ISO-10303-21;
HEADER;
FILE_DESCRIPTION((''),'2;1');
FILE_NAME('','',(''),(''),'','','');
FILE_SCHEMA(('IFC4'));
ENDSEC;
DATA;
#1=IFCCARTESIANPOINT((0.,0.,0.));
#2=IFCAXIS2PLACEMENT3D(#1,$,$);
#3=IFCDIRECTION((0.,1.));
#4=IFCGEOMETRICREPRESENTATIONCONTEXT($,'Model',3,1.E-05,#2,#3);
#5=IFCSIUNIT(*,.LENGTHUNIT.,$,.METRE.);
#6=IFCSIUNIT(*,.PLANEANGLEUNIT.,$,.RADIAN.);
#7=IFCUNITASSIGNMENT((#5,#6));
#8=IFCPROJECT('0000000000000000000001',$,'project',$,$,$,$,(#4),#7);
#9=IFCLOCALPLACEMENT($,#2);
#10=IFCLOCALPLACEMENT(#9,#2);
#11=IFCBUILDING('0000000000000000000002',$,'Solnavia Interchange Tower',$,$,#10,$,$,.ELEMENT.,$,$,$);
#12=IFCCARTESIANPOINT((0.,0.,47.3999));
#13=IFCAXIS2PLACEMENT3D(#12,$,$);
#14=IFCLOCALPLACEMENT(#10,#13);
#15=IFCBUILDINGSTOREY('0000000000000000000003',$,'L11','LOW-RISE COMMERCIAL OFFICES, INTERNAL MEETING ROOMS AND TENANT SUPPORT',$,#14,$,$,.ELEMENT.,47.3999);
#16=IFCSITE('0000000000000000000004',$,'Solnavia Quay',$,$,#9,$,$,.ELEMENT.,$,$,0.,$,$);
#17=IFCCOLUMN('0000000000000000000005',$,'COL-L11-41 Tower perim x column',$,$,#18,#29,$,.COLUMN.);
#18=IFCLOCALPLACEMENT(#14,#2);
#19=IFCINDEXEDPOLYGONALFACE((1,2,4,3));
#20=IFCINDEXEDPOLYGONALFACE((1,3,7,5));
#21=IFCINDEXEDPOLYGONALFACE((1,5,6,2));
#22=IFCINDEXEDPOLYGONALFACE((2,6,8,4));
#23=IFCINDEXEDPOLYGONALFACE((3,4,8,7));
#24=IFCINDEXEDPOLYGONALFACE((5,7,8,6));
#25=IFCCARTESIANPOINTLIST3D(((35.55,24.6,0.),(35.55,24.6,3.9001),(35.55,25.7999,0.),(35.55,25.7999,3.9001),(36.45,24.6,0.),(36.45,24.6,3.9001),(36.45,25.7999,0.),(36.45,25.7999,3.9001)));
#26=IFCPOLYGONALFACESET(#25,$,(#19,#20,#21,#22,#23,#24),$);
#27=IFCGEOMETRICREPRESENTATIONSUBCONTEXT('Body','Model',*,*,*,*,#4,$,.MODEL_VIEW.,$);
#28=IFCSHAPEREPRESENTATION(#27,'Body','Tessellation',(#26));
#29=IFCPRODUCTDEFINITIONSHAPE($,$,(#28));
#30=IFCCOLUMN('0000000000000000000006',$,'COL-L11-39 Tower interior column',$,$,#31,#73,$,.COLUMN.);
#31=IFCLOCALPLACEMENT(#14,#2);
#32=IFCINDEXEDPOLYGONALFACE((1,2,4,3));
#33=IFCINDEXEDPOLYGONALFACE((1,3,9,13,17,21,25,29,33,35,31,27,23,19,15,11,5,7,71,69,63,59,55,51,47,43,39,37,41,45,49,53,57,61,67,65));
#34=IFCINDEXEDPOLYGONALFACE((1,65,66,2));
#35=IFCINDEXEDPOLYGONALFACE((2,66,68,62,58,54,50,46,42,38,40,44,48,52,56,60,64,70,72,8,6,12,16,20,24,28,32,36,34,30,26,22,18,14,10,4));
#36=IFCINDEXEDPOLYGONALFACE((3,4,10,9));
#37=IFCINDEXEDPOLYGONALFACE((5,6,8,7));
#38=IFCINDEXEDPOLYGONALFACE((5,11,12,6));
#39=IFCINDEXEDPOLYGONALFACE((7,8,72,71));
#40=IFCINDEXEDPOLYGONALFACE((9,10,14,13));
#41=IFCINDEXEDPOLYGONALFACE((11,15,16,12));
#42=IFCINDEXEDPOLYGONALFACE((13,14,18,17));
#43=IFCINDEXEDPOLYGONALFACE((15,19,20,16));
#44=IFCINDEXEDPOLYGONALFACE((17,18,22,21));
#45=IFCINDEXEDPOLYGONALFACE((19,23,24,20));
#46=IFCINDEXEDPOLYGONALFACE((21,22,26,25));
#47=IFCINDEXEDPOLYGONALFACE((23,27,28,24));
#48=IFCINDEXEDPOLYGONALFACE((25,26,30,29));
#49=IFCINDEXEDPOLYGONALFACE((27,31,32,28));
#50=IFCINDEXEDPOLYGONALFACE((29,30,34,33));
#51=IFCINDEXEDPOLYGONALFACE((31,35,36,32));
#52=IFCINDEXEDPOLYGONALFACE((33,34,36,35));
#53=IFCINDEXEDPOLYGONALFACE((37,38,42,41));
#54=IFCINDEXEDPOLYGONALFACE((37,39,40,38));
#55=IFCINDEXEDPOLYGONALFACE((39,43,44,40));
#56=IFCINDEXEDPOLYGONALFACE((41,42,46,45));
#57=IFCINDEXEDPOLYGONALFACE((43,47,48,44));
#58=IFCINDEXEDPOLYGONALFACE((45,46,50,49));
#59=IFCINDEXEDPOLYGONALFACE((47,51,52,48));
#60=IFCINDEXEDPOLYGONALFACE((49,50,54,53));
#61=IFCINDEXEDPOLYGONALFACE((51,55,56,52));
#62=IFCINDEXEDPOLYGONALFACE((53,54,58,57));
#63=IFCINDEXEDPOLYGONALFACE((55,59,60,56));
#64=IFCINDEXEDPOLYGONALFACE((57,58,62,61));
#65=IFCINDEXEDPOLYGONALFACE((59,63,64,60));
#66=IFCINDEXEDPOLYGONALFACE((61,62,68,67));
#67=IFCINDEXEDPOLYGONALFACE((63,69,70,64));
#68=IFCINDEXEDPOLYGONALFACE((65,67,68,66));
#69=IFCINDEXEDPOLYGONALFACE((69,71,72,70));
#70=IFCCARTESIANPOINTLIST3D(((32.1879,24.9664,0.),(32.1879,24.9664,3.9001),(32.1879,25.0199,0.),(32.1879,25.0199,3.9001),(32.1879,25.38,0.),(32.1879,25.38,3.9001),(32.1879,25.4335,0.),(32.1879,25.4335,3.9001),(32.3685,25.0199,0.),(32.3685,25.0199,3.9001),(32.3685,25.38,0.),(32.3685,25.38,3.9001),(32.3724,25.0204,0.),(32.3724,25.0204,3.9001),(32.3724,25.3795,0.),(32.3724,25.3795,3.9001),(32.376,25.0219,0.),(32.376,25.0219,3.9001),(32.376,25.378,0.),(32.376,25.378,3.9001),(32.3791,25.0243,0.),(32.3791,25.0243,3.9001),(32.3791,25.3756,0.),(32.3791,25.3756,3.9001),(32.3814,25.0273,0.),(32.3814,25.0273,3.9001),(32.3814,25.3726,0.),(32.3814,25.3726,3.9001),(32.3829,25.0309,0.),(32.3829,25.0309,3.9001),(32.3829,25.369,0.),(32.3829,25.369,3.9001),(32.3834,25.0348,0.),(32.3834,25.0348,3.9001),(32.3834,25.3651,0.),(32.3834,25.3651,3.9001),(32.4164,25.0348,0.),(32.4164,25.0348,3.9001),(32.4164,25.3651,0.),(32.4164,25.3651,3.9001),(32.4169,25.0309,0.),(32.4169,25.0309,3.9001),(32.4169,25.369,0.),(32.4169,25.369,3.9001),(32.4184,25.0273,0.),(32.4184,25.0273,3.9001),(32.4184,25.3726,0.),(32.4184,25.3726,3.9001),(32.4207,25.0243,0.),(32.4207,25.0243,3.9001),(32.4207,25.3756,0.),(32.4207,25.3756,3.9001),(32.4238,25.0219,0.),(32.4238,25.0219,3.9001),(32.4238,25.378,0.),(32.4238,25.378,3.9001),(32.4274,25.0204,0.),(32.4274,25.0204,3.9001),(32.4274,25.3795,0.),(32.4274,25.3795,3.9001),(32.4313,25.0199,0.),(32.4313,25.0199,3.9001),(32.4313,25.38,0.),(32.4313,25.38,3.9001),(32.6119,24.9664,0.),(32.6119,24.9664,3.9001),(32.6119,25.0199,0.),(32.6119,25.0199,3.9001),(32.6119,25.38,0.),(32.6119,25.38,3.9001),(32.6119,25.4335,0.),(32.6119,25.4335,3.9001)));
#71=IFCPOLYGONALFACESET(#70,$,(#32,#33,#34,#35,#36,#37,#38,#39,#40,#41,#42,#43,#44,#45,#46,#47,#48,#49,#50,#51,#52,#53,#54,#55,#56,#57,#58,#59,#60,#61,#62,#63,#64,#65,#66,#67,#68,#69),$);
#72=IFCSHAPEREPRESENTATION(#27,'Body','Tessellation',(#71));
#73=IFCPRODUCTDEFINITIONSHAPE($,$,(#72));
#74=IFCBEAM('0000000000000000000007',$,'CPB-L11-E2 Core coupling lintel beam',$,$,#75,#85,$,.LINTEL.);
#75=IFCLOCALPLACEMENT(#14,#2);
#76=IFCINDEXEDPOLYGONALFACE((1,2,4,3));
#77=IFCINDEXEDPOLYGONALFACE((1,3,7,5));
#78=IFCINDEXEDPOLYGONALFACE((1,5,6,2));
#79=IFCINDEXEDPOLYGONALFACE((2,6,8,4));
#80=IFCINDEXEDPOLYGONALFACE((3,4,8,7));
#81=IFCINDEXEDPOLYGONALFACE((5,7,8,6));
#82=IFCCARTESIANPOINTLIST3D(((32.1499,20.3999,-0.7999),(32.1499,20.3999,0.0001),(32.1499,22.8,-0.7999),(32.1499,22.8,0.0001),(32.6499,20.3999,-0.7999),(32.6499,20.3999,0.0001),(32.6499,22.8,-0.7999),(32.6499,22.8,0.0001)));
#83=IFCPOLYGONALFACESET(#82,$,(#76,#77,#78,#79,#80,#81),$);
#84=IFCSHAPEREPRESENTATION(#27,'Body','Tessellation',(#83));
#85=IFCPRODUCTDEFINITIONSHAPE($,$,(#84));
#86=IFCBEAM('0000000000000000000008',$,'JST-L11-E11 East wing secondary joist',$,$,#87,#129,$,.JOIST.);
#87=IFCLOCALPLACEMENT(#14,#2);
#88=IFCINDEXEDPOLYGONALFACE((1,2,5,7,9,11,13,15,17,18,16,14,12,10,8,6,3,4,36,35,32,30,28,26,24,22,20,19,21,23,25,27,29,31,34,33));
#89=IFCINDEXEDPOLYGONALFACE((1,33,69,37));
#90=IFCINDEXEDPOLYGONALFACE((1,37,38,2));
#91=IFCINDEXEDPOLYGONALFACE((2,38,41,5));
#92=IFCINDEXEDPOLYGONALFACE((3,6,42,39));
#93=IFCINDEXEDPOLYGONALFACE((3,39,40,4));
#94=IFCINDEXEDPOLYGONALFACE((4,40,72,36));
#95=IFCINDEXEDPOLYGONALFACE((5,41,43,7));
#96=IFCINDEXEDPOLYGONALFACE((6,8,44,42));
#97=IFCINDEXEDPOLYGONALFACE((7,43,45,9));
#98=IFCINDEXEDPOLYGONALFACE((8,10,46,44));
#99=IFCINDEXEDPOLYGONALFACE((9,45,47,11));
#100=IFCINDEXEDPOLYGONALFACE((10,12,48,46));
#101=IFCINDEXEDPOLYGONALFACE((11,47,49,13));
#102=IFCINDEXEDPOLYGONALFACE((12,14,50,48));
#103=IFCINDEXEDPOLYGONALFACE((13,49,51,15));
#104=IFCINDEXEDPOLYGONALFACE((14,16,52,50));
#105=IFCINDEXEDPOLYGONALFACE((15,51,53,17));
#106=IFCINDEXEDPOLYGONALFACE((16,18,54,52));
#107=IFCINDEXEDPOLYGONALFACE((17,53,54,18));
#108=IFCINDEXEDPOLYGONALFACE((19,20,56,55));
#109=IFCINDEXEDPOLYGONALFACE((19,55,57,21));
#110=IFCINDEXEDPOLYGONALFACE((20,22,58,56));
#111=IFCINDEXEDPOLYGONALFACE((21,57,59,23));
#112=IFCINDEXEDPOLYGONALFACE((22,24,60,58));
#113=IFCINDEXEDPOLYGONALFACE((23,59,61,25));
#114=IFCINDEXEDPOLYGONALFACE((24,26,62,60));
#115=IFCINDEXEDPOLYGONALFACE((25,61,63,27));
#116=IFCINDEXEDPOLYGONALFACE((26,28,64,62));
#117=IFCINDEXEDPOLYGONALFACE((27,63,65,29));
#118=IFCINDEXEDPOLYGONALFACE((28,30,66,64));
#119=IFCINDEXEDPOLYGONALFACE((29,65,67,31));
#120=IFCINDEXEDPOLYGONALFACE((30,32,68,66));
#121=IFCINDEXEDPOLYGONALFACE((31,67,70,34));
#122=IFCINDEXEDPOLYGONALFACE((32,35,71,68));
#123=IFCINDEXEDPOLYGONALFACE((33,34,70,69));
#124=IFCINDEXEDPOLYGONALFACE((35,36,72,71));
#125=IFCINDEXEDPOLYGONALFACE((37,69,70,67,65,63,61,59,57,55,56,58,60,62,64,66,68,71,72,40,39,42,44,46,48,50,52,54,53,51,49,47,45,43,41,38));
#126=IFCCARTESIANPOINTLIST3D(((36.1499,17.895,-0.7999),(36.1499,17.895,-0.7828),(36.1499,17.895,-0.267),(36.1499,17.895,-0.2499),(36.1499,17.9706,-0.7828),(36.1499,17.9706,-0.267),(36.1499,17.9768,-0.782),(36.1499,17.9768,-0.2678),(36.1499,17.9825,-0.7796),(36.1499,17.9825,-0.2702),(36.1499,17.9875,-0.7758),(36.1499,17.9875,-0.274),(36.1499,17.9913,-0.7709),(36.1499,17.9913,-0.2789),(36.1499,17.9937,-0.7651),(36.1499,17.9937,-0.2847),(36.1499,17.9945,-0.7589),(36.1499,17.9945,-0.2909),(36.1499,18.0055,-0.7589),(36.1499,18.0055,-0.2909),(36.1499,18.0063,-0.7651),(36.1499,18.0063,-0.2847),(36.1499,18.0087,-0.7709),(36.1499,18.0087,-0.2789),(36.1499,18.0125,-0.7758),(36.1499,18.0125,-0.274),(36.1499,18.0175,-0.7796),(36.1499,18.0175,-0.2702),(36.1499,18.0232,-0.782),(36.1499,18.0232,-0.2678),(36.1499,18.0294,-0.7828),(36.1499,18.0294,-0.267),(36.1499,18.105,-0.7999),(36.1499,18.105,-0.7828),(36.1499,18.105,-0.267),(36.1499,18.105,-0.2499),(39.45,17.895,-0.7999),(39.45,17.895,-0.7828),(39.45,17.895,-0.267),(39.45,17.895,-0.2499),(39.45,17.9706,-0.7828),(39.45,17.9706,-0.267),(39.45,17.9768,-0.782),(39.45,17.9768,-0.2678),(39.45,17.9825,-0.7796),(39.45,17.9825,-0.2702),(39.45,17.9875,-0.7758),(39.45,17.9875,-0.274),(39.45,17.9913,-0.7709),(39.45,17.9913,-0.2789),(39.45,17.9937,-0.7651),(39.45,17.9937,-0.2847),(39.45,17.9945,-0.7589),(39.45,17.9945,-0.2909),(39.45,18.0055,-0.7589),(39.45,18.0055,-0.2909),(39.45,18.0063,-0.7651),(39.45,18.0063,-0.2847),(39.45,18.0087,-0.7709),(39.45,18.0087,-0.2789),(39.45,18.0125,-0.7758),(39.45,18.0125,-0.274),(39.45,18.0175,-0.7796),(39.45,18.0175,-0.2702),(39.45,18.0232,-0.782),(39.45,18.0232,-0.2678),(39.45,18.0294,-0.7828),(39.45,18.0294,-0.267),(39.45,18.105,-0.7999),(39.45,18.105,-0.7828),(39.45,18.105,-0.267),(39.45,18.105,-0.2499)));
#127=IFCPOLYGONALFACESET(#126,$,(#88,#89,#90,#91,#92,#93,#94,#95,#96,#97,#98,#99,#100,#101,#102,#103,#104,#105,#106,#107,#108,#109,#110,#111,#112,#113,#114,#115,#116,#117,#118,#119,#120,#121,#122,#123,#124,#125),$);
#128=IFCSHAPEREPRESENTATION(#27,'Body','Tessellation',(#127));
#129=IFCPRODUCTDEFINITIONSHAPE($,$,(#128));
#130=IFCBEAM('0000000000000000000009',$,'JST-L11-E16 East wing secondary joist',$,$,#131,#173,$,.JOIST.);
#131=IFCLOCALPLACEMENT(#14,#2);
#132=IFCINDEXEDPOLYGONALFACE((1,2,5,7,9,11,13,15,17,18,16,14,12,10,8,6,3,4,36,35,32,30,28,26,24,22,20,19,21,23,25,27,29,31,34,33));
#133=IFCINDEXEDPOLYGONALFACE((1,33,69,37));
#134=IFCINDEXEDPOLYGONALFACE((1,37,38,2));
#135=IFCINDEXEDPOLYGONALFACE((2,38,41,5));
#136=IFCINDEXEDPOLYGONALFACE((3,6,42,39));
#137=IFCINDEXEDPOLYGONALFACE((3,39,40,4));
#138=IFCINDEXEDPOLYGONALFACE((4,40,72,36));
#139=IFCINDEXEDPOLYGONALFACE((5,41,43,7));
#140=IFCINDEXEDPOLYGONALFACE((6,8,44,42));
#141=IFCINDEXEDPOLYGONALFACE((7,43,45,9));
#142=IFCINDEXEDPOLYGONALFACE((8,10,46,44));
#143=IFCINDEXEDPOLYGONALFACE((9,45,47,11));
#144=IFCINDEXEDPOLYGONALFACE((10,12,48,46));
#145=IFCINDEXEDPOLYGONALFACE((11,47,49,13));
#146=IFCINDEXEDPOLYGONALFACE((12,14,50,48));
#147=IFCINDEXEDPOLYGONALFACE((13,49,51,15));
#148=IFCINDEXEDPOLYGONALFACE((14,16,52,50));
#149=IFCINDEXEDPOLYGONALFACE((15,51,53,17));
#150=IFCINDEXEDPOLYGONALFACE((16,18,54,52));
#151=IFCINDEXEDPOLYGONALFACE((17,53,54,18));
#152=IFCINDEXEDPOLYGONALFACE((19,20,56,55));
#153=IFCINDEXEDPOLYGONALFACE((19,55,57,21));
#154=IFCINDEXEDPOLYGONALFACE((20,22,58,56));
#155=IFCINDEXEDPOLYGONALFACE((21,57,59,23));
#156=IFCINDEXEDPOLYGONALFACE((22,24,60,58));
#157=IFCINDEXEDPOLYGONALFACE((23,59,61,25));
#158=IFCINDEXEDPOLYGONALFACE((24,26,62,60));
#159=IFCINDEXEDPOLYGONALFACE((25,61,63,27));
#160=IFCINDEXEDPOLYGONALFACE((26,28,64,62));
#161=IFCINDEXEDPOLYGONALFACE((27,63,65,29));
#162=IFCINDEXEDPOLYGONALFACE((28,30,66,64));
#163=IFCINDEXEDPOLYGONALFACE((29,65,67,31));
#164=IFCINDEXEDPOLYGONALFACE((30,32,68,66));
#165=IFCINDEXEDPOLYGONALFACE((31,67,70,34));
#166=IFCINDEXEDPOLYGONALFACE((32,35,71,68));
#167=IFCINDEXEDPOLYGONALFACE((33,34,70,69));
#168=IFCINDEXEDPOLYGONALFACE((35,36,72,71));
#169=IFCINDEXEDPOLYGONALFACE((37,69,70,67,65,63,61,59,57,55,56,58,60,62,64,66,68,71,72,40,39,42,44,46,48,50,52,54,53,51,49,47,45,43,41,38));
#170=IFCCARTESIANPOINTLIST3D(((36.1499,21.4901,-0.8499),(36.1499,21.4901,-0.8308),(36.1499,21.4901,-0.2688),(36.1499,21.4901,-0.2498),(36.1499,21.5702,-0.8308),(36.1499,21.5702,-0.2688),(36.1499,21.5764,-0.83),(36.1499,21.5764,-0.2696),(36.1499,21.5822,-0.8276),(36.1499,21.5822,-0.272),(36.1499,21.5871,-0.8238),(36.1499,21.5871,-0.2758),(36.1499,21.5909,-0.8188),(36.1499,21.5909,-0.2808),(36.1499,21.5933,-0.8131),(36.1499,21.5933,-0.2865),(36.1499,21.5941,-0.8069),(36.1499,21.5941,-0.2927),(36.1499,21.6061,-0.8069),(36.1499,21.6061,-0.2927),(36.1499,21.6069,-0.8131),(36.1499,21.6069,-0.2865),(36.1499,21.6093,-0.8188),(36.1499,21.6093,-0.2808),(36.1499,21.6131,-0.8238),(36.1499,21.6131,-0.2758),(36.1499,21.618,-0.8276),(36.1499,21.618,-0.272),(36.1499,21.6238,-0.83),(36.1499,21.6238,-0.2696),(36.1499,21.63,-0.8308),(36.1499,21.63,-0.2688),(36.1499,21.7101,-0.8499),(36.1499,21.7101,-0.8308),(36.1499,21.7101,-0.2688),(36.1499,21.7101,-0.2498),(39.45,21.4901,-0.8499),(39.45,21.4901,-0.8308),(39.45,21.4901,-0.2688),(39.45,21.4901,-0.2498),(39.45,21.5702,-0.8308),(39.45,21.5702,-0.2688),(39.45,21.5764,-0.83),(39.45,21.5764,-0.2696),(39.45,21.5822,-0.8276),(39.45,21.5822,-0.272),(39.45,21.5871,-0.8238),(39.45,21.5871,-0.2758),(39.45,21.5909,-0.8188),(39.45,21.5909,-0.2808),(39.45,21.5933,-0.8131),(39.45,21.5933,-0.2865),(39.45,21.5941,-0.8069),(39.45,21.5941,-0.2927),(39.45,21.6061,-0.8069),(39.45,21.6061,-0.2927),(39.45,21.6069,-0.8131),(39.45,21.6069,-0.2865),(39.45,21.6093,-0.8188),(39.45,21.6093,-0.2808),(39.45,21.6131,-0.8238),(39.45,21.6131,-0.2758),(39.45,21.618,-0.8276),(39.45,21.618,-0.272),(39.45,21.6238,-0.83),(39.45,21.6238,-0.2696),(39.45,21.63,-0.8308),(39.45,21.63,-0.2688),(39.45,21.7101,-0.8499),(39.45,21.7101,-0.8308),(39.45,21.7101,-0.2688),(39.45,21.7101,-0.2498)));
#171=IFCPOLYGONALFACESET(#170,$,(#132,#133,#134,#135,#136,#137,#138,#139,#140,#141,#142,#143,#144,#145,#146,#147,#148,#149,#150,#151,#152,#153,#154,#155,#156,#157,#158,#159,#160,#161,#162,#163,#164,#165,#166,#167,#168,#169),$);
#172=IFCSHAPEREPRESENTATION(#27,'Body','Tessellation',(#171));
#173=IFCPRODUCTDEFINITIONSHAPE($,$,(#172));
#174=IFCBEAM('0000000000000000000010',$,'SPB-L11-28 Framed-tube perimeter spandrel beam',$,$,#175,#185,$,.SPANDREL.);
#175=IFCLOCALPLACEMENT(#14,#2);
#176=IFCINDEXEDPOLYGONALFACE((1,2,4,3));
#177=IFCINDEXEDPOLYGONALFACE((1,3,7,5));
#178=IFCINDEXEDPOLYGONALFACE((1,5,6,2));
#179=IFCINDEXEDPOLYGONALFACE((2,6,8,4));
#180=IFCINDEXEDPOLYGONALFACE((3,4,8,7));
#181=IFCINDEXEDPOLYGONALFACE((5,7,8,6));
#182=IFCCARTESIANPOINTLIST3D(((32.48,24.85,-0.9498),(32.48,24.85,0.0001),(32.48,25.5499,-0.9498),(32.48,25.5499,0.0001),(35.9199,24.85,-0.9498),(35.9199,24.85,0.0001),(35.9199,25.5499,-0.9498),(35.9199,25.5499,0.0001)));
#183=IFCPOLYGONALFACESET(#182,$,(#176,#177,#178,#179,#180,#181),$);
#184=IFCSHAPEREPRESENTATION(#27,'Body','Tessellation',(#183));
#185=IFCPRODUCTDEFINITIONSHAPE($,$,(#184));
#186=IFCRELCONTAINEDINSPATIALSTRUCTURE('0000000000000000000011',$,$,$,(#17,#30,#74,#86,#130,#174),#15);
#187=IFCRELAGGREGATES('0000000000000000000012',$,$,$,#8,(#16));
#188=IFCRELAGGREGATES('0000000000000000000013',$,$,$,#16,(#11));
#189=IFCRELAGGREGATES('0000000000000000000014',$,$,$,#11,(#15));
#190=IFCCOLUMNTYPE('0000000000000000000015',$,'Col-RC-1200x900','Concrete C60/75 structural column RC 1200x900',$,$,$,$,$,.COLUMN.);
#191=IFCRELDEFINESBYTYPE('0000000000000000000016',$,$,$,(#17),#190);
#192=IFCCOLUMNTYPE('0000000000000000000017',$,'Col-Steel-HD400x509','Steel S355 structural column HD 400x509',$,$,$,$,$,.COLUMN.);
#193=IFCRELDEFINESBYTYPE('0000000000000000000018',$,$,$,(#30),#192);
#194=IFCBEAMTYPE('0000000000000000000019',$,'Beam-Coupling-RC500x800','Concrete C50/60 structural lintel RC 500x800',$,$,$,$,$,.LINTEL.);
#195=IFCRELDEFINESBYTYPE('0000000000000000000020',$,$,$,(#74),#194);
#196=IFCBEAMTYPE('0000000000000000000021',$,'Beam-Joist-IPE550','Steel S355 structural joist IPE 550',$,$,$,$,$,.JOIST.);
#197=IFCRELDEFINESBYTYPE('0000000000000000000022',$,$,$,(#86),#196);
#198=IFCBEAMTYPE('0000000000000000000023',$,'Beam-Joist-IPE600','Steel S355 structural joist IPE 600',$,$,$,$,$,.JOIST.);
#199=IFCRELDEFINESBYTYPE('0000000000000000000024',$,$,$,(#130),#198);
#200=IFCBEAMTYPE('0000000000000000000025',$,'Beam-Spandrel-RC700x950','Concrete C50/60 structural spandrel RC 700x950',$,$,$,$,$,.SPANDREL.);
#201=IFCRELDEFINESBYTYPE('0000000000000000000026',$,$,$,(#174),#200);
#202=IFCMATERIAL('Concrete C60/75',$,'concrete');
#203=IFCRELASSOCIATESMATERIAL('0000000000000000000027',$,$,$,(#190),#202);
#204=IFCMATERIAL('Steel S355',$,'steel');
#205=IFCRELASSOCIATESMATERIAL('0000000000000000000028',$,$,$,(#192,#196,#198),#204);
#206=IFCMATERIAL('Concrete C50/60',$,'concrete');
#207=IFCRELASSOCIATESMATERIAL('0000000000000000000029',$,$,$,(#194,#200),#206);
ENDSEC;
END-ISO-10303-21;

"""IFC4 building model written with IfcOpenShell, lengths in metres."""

from ifc_helpers import new_model, si_unit, direction, frame, origin, origin_2d, place, context, subcontext, project, spatial, rectangle, i_section, extrude, material, material_profile, profile_set, type_object, element, save


model = new_model("IFC4")

# Units and contexts
model_context = context("Model", 3, precision=1e-05, world=origin(), true_north=direction((0.0, 1.0)))
body_context = subcontext(model_context, "Body", "Model", "MODEL_VIEW")
ifc_project = project(units=[si_unit("LENGTHUNIT", "METRE"), si_unit("PLANEANGLEUNIT", "RADIAN")], contexts=[model_context])

# Site, building, storey
site_placement = place(None, origin())
site = spatial("IfcSite", under=ifc_project, at=site_placement, Name="Solnavia Quay", CompositionType="ELEMENT", RefElevation=0.0)
building_placement = place(site_placement, origin())
building = spatial("IfcBuilding", under=site, at=building_placement, Name="Solnavia Interchange Tower", CompositionType="ELEMENT")
storey_placement = place(building_placement, frame((0.0, 0.0, 47.3999)))
storey = spatial("IfcBuildingStorey", under=building, at=storey_placement, Name="L11", Description="LOW-RISE COMMERCIAL OFFICES, INTERNAL MEETING ROOMS AND TENANT SUPPORT", CompositionType="ELEMENT", Elevation=47.3999)

# Columns
ifc_material_1 = material(Name="Concrete C60/75", Category="concrete")
ifc_material_profile_1 = material_profile(ifc_material_1, rectangle(XDim=0.8999, YDim=1.2, at=origin_2d()), Name="RC 1200x900")
ifc_profile_set_1 = profile_set([ifc_material_profile_1], Name="Concrete C60/75")
column_type_1 = type_object("IfcColumnType", Name="Col-RC-1200x900", Description="Concrete C60/75 structural column RC 1200x900", PredefinedType="COLUMN", material=ifc_profile_set_1)
column_1_placement = place(storey_placement, frame((36.0, 25.2, 0.0), z_axis=(0.0, 0.0, 1.0), x_axis=(1.0, 0.0, 0.0)))
element("IfcColumn", 1, at=column_1_placement, inside=storey, type_object=column_type_1, Name="COL-L11-41 Tower perim x column", PredefinedType="COLUMN", context=body_context, shape_type="SweptSolid", body=[
    extrude(rectangle(XDim=0.8999, YDim=1.2, at=origin_2d()), origin(), (0.0, 0.0, 1.0), 3.9001),
])
ifc_material_2 = material(Name="Steel S355", Category="steel")
ifc_material_profile_2 = material_profile(ifc_material_2, i_section(OverallWidth=0.4241, OverallDepth=0.467, WebThickness=0.033, FlangeThickness=0.0535, FilletRadius=0.0149, at=origin_2d()), Name="HD 400x509")
ifc_profile_set_2 = profile_set([ifc_material_profile_2], Name="Steel S355")
column_type_2 = type_object("IfcColumnType", Name="Col-Steel-HD400x509", Description="Steel S355 structural column HD 400x509", PredefinedType="COLUMN", material=ifc_profile_set_2)
column_2_placement = place(storey_placement, frame((32.3999, 25.2, 0.0), z_axis=(0.0, 0.0, 1.0), x_axis=(1.0, 0.0, 0.0)))
element("IfcColumn", 2, at=column_2_placement, inside=storey, type_object=column_type_2, Name="COL-L11-39 Tower interior column", PredefinedType="COLUMN", context=body_context, shape_type="SweptSolid", body=[
    extrude(i_section(OverallWidth=0.4241, OverallDepth=0.467, WebThickness=0.033, FlangeThickness=0.0535, FilletRadius=0.0149, at=origin_2d()), origin(), (0.0, 0.0, 1.0), 3.9001),
])

# Beams
ifc_material_3 = material(Name="Concrete C50/60", Category="concrete")
ifc_material_profile_3 = material_profile(ifc_material_3, rectangle(XDim=0.5, YDim=0.8, at=origin_2d()), Name="RC 500x800")
ifc_profile_set_3 = profile_set([ifc_material_profile_3], Name="Concrete C50/60")
beam_type_1 = type_object("IfcBeamType", Name="Beam-Coupling-RC500x800", Description="Concrete C50/60 structural lintel RC 500x800", PredefinedType="LINTEL", material=ifc_profile_set_3)
beam_1_placement = place(storey_placement, frame((32.3999, 20.3999, -0.3999), z_axis=(0.0, 1.0, 0.0), x_axis=(-1.0, 0.0, 0.0)))
element("IfcBeam", 3, at=beam_1_placement, inside=storey, type_object=beam_type_1, Name="CPB-L11-E2 Core coupling lintel beam", PredefinedType="LINTEL", context=body_context, shape_type="SweptSolid", body=[
    extrude(rectangle(XDim=0.5, YDim=0.8, at=origin_2d()), origin(), (0.0, 0.0, 1.0), 2.4001),
])
ifc_material_profile_4 = material_profile(ifc_material_2, i_section(OverallWidth=0.21, OverallDepth=0.55, WebThickness=0.011, FlangeThickness=0.0171, FilletRadius=0.0239, at=origin_2d()), Name="IPE 550")
ifc_profile_set_4 = profile_set([ifc_material_profile_4], Name="Steel S355")
beam_type_2 = type_object("IfcBeamType", Name="Beam-Joist-IPE550", Description="Steel S355 structural joist IPE 550", PredefinedType="JOIST", material=ifc_profile_set_4)
beam_2_placement = place(storey_placement, frame((36.1499, 18.0, -0.5249), z_axis=(1.0, 0.0, 0.0), x_axis=(0.0, 1.0, 0.0)))
element("IfcBeam", 4, at=beam_2_placement, inside=storey, type_object=beam_type_2, Name="JST-L11-E11 East wing secondary joist", PredefinedType="JOIST", context=body_context, shape_type="SweptSolid", body=[
    extrude(i_section(OverallWidth=0.21, OverallDepth=0.55, WebThickness=0.011, FlangeThickness=0.0171, FilletRadius=0.0239, at=origin_2d()), origin(), (0.0, 0.0, 1.0), 3.3),
])
ifc_material_profile_5 = material_profile(ifc_material_2, i_section(OverallWidth=0.22, OverallDepth=0.6001, WebThickness=0.012, FlangeThickness=0.019, FilletRadius=0.0239, at=origin_2d()), Name="IPE 600")
ifc_profile_set_5 = profile_set([ifc_material_profile_5], Name="Steel S355")
beam_type_3 = type_object("IfcBeamType", Name="Beam-Joist-IPE600", Description="Steel S355 structural joist IPE 600", PredefinedType="JOIST", material=ifc_profile_set_5)
beam_3_placement = place(storey_placement, frame((36.1499, 21.6001, -0.5498), z_axis=(1.0, 0.0, 0.0), x_axis=(0.0, 1.0, 0.0)))
element("IfcBeam", 5, at=beam_3_placement, inside=storey, type_object=beam_type_3, Name="JST-L11-E16 East wing secondary joist", PredefinedType="JOIST", context=body_context, shape_type="SweptSolid", body=[
    extrude(i_section(OverallWidth=0.22, OverallDepth=0.6001, WebThickness=0.012, FlangeThickness=0.019, FilletRadius=0.0239, at=origin_2d()), origin(), (0.0, 0.0, 1.0), 3.3),
])
ifc_material_profile_6 = material_profile(ifc_material_3, rectangle(XDim=0.7, YDim=0.95, at=origin_2d()), Name="RC 700x950")
ifc_profile_set_6 = profile_set([ifc_material_profile_6], Name="Concrete C50/60")
beam_type_4 = type_object("IfcBeamType", Name="Beam-Spandrel-RC700x950", Description="Concrete C50/60 structural spandrel RC 700x950", PredefinedType="SPANDREL", material=ifc_profile_set_6)
beam_4_placement = place(storey_placement, frame((35.9199, 25.2, -0.4749), z_axis=(-1.0, 0.0, 0.0), x_axis=(0.0, -1.0, 0.0)))
element("IfcBeam", 6, at=beam_4_placement, inside=storey, type_object=beam_type_4, Name="SPB-L11-28 Framed-tube perimeter spandrel beam", PredefinedType="SPANDREL", context=body_context, shape_type="SweptSolid", body=[
    extrude(rectangle(XDim=0.7, YDim=0.95, at=origin_2d()), origin(), (0.0, 0.0, 1.0), 3.4399),
])

save(model, "model.ifc")
